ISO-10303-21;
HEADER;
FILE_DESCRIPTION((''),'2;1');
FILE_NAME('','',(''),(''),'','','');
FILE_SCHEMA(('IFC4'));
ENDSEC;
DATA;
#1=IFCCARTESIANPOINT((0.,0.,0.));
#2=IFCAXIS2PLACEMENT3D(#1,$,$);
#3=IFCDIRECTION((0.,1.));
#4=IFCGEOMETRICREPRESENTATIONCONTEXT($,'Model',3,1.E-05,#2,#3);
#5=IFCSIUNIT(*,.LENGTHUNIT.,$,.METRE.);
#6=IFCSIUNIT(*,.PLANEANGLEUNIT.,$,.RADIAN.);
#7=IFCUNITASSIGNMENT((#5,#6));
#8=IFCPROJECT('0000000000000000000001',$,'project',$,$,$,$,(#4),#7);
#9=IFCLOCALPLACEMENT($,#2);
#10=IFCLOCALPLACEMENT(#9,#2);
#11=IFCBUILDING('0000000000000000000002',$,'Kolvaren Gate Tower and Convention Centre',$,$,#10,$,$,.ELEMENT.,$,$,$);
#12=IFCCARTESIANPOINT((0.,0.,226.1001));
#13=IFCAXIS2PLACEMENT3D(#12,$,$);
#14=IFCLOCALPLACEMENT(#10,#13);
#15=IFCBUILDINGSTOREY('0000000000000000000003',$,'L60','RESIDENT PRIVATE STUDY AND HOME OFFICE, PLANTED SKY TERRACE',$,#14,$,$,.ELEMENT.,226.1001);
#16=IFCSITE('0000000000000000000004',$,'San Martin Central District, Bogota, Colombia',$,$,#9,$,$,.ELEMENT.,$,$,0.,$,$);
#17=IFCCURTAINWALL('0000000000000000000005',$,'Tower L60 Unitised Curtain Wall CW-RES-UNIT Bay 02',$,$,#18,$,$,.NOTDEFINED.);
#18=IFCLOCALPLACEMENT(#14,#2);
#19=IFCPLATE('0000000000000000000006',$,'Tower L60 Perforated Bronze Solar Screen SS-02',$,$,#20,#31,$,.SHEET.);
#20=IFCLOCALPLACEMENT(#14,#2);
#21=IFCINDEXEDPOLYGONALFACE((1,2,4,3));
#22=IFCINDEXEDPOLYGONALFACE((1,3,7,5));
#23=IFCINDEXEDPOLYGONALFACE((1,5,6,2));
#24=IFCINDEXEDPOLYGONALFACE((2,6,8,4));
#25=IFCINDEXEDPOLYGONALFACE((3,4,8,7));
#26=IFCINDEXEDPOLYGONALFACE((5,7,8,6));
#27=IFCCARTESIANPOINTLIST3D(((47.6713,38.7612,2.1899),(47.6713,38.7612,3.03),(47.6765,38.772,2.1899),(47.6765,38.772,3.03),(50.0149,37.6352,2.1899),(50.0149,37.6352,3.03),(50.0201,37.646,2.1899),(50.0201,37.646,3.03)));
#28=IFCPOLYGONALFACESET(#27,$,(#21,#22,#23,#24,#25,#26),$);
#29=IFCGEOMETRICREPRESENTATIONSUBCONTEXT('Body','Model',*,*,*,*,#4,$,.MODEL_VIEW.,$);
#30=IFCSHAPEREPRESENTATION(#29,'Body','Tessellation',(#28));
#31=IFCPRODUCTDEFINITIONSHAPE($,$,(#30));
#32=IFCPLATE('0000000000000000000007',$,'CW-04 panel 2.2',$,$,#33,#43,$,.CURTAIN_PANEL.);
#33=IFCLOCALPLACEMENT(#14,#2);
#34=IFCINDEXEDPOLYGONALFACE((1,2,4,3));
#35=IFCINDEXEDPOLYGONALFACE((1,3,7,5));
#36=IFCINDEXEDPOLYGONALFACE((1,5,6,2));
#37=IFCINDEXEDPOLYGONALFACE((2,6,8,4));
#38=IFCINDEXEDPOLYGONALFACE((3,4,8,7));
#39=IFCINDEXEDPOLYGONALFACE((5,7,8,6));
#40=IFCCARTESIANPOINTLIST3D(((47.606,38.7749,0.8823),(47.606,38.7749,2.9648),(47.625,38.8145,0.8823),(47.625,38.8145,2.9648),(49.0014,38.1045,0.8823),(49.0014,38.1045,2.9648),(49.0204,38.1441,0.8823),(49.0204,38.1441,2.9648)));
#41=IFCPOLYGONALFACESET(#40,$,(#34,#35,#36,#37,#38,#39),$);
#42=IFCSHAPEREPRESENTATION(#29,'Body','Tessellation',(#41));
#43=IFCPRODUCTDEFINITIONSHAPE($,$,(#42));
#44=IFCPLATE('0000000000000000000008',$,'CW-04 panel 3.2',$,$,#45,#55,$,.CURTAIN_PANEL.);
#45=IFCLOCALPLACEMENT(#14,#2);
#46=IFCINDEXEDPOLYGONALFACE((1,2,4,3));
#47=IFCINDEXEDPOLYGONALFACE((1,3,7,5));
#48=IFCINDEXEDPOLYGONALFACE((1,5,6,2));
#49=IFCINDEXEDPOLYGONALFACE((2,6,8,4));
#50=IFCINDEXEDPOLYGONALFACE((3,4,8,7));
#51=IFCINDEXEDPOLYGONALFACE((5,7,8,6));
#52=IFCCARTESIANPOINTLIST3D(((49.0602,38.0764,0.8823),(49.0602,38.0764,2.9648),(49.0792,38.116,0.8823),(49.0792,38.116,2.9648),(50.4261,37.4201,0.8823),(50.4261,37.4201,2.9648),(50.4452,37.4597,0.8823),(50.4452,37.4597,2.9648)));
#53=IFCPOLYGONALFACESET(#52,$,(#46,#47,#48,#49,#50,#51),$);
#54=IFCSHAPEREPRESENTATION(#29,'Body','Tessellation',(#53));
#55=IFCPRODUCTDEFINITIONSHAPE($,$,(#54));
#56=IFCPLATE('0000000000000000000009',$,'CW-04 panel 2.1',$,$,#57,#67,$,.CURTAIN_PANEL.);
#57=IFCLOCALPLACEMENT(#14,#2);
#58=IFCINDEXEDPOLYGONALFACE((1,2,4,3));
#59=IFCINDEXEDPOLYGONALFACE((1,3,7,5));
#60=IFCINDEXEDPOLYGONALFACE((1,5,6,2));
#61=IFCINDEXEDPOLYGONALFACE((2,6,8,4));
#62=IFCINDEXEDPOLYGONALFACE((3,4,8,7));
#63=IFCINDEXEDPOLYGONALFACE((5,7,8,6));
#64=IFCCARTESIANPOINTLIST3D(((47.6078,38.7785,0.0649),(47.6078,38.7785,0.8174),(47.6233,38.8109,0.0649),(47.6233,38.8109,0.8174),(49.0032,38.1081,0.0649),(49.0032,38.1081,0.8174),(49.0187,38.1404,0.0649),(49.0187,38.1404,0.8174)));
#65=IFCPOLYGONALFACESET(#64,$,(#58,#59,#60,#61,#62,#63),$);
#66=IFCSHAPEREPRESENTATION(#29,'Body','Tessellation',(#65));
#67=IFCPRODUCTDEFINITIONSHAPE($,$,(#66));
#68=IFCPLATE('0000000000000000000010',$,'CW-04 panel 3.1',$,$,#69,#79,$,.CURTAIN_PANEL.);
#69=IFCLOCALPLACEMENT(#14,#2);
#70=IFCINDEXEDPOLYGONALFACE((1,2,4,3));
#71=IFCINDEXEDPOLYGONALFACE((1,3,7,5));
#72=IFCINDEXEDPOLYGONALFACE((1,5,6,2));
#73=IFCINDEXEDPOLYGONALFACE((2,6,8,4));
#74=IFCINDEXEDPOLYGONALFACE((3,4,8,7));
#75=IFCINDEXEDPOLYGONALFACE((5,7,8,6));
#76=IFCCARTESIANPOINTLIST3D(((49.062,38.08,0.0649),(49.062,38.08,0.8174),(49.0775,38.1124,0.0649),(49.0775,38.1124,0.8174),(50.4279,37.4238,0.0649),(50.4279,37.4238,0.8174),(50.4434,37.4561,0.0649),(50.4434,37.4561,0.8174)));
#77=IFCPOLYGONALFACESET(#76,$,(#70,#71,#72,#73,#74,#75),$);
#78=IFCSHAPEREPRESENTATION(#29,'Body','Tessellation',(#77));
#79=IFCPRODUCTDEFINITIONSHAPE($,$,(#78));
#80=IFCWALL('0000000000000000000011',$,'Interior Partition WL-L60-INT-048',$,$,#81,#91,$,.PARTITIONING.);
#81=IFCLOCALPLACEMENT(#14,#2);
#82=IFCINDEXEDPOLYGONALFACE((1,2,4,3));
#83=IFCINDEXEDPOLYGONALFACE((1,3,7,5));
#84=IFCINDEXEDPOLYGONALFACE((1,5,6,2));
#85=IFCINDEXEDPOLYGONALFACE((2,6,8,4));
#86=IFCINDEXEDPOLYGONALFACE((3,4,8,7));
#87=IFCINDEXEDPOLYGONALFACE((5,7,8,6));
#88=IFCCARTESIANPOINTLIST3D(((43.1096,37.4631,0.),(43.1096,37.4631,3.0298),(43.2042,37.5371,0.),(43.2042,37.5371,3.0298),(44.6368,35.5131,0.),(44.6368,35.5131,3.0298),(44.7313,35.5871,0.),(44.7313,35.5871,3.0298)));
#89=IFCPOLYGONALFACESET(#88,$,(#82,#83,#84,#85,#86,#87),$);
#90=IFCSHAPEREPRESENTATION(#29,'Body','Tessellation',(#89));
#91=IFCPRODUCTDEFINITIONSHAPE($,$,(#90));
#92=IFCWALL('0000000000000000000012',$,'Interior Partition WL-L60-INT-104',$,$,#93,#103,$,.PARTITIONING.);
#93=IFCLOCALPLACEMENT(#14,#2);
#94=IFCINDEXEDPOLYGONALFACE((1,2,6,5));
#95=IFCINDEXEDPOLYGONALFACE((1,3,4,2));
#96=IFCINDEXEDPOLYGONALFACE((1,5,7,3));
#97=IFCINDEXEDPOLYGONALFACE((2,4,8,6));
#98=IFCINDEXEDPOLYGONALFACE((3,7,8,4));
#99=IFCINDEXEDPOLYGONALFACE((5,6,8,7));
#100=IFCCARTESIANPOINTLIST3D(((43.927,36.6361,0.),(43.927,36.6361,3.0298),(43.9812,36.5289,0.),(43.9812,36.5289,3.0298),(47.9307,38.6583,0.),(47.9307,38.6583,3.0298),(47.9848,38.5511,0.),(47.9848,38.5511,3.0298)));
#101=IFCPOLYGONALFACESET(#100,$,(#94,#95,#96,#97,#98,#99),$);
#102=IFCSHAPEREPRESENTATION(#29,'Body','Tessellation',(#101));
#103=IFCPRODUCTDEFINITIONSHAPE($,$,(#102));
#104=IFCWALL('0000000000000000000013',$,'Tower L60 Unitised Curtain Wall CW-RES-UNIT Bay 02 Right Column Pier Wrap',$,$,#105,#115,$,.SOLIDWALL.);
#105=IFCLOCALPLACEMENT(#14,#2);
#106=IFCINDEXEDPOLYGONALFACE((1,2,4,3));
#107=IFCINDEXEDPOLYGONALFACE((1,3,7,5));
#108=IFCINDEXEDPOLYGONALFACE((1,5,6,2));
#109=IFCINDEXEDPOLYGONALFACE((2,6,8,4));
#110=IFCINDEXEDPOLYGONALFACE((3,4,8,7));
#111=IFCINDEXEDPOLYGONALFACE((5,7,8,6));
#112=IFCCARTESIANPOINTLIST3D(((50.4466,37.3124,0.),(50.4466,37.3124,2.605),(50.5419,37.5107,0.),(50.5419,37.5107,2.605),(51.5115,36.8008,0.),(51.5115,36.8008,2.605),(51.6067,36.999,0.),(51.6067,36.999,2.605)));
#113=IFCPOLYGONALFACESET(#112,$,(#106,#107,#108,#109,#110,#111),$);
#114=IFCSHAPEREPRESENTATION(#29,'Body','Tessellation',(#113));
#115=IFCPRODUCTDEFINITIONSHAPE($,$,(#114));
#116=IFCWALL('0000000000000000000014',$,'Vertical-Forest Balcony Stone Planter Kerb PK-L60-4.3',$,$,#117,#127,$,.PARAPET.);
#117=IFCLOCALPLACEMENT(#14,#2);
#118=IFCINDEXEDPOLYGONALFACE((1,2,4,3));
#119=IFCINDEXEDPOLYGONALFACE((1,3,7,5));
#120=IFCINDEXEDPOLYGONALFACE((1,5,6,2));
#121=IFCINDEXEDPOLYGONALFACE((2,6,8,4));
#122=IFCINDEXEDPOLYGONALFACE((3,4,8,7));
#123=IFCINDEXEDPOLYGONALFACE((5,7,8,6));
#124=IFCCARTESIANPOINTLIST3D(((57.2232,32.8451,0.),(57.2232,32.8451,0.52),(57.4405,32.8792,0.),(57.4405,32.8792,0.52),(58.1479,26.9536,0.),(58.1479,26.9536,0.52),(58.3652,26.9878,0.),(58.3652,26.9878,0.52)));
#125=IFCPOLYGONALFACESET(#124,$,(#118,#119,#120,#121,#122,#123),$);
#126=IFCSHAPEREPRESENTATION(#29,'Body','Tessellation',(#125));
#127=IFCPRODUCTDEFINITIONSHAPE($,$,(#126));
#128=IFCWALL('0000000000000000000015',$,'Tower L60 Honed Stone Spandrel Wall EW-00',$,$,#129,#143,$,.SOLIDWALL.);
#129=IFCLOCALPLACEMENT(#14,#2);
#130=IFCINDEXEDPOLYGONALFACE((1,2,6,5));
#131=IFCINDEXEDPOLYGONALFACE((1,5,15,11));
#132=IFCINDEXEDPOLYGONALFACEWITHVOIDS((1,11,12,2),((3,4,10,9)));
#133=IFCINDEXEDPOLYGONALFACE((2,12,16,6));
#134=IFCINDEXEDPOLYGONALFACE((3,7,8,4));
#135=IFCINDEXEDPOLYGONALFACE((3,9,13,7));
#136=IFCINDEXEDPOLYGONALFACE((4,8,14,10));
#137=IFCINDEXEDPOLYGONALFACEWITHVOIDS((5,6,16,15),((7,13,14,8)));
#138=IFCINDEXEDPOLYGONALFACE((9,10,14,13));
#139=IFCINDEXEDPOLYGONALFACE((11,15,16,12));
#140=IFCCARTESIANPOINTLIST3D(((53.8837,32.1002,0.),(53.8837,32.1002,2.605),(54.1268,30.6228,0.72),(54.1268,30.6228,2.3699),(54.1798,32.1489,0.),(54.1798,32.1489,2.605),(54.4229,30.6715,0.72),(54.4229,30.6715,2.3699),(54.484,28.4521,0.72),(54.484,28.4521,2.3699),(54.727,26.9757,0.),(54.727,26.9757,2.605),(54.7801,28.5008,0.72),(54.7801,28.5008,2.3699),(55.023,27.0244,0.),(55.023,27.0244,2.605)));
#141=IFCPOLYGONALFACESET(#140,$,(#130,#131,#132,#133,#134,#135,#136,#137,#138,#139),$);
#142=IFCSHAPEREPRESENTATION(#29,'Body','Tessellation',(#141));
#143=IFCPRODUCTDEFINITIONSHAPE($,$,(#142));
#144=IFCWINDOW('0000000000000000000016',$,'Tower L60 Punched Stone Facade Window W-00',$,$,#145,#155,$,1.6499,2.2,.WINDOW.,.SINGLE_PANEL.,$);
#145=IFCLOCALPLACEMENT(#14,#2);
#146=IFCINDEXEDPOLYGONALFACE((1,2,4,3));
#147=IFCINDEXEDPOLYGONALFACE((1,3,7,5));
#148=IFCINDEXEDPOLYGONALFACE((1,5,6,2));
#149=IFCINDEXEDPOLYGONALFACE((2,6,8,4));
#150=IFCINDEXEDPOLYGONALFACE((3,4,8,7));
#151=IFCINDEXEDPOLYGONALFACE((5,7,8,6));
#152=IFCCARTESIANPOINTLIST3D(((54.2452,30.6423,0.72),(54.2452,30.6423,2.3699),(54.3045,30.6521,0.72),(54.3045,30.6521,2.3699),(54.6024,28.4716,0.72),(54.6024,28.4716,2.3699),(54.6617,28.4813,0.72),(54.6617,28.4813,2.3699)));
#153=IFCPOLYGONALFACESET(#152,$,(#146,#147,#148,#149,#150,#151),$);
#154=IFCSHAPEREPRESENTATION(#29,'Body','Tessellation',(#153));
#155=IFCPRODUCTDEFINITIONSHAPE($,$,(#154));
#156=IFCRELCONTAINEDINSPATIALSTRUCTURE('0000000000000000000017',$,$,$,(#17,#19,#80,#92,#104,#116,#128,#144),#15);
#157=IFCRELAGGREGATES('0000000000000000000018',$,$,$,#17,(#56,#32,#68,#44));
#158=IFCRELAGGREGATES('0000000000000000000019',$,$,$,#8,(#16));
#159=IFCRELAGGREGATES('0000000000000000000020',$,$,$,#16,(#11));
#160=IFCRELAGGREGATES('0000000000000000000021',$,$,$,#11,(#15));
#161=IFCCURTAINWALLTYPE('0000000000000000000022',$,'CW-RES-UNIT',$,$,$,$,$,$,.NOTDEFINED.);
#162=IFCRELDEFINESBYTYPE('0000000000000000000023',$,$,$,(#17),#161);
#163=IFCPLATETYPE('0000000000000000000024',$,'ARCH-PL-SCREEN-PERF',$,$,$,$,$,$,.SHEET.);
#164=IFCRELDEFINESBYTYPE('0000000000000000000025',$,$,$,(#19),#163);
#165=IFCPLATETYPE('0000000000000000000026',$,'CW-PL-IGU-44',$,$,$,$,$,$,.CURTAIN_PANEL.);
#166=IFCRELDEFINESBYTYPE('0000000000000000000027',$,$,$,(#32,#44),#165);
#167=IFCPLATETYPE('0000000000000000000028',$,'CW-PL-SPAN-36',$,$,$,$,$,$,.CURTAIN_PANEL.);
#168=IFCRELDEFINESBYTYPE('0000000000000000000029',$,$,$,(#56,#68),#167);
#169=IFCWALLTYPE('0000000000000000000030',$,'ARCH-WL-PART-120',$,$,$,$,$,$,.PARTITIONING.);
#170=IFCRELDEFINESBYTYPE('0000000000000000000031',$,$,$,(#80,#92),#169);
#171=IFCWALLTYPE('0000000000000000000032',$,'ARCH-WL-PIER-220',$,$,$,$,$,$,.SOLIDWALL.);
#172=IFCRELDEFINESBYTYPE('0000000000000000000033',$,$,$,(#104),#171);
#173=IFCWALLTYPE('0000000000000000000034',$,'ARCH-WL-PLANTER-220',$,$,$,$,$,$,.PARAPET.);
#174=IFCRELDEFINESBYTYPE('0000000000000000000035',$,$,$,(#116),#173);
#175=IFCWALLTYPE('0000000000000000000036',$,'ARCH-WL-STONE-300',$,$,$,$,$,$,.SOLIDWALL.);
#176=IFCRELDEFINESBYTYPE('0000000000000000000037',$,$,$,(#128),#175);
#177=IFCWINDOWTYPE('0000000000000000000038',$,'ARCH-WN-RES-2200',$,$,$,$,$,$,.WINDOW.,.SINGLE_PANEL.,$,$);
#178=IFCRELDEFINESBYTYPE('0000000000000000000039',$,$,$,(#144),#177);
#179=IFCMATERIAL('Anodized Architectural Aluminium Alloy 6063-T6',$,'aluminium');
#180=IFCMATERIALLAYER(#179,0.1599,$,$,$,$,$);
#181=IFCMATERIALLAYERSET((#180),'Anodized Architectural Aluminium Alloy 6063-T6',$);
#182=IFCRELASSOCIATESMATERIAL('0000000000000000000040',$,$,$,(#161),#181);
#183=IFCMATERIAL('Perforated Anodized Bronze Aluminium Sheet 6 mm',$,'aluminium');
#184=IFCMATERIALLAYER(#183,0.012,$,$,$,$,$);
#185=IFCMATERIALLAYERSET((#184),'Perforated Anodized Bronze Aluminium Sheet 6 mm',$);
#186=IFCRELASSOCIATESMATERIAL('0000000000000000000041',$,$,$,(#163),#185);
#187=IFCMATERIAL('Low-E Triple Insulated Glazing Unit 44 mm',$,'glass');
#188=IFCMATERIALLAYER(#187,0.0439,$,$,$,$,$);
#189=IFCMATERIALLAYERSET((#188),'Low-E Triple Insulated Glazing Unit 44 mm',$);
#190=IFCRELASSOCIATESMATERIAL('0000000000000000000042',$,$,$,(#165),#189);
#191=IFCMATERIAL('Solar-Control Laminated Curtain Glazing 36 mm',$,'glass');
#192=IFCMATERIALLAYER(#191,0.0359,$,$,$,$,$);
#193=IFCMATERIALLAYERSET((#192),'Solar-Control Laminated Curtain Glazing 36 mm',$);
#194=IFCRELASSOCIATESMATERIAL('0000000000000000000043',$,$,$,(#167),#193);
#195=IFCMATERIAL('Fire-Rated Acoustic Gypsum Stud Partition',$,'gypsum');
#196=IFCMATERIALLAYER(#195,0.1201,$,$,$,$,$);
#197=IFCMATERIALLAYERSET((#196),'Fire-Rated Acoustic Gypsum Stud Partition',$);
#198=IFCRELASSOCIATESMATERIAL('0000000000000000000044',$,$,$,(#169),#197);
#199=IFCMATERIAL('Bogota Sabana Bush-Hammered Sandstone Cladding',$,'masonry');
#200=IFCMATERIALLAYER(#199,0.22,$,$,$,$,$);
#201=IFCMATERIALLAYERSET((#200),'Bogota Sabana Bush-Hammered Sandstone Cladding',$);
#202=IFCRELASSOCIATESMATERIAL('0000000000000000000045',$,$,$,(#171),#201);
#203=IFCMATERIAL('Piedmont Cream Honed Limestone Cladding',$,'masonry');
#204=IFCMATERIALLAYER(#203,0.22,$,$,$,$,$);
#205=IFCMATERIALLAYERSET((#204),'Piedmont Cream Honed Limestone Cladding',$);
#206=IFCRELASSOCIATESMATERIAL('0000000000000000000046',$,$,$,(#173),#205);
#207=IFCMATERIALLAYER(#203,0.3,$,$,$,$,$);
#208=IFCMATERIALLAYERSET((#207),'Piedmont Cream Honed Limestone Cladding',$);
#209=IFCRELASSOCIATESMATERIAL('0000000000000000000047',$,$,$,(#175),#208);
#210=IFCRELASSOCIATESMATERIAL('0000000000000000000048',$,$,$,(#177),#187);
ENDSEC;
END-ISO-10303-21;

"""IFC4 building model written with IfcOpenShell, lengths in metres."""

from ifc_helpers import new_model, si_unit, direction, frame, frame_2d, origin, origin_2d, place, context, subcontext, project, spatial, rectangle, extrude, material, layer, layer_set, type_object, element, fill, aggregate, save


model = new_model("IFC4")

# Units and contexts
model_context = context("Model", 3, precision=1e-05, world=origin(), true_north=direction((0.0, 1.0)))
body_context = subcontext(model_context, "Body", "Model", "MODEL_VIEW")
ifc_project = project(units=[si_unit("LENGTHUNIT", "METRE"), si_unit("PLANEANGLEUNIT", "RADIAN")], contexts=[model_context])

# Site, building, storey
site_placement = place(None, origin())
site = spatial("IfcSite", under=ifc_project, at=site_placement, Name="San Martin Central District, Bogota, Colombia", CompositionType="ELEMENT", RefElevation=0.0)
building_placement = place(site_placement, origin())
building = spatial("IfcBuilding", under=site, at=building_placement, Name="Kolvaren Gate Tower and Convention Centre", CompositionType="ELEMENT")
storey_placement = place(building_placement, frame((0.0, 0.0, 226.1001)))
storey = spatial("IfcBuildingStorey", under=building, at=storey_placement, Name="L60", Description="RESIDENT PRIVATE STUDY AND HOME OFFICE, PLANTED SKY TERRACE", CompositionType="ELEMENT", Elevation=226.1001)

# Curtain wall
ifc_material_1 = material(Name="Anodized Architectural Aluminium Alloy 6063-T6", Category="aluminium")
ifc_layer_1 = layer(ifc_material_1, 0.1599)
ifc_layer_set_1 = layer_set([ifc_layer_1], Name="Anodized Architectural Aluminium Alloy 6063-T6")
curtain_wall_type = type_object("IfcCurtainWallType", Name="CW-RES-UNIT", PredefinedType="NOTDEFINED", material=ifc_layer_set_1)
curtain_wall_placement = place(storey_placement, origin())
curtain_wall = element("IfcCurtainWall", 1, at=curtain_wall_placement, inside=storey, type_object=curtain_wall_type, Name="Tower L60 Unitised Curtain Wall CW-RES-UNIT Bay 02", PredefinedType="NOTDEFINED")

# Plates
ifc_material_2 = material(Name="Perforated Anodized Bronze Aluminium Sheet 6 mm", Category="aluminium")
ifc_layer_2 = layer(ifc_material_2, 0.012)
ifc_layer_set_2 = layer_set([ifc_layer_2], Name="Perforated Anodized Bronze Aluminium Sheet 6 mm")
plate_type_1 = type_object("IfcPlateType", Name="ARCH-PL-SCREEN-PERF", PredefinedType="SHEET", material=ifc_layer_set_2)
plate_1_placement = place(storey_placement, frame((48.8457, 38.2036, 2.1899), z_axis=(0.0, 0.0, 1.0), x_axis=(0.901359, -0.433072, 0.0)))
element("IfcPlate", 2, at=plate_1_placement, inside=storey, type_object=plate_type_1, Name="Tower L60 Perforated Bronze Solar Screen SS-02", PredefinedType="SHEET", context=body_context, shape_type="SweptSolid", body=[
    extrude(rectangle(XDim=2.6001, YDim=0.012, at=origin_2d()), origin(), (0.0, 0.0, 1.0), 0.8401),
])
ifc_material_3 = material(Name="Low-E Triple Insulated Glazing Unit 44 mm", Category="glass")
ifc_layer_3 = layer(ifc_material_3, 0.0439)
ifc_layer_set_3 = layer_set([ifc_layer_3], Name="Low-E Triple Insulated Glazing Unit 44 mm")
plate_type_2 = type_object("IfcPlateType", Name="CW-PL-IGU-44", PredefinedType="CURTAIN_PANEL", material=ifc_layer_set_3)
plate_2_placement = place(storey_placement, frame((48.3132, 38.4595, 0.8823), z_axis=(0.0, 0.0, 1.0), x_axis=(0.901363, -0.433064, 0.0)))
plate_2 = element("IfcPlate", 3, at=plate_2_placement, type_object=plate_type_2, Name="CW-04 panel 2.2", PredefinedType="CURTAIN_PANEL", context=body_context, shape_type="SweptSolid", body=[
    extrude(rectangle(XDim=1.5481, YDim=0.0439, at=origin_2d()), origin(), (0.0, 0.0, 1.0), 2.0825),
])
plate_3_placement = place(storey_placement, frame((49.7527, 37.7681, 0.8823), z_axis=(0.0, 0.0, 1.0), x_axis=(0.901363, -0.433064, 0.0)))
plate_3 = element("IfcPlate", 4, at=plate_3_placement, type_object=plate_type_2, Name="CW-04 panel 3.2", PredefinedType="CURTAIN_PANEL", context=body_context, shape_type="SweptSolid", body=[
    extrude(rectangle(XDim=1.5154, YDim=0.0439, at=origin_2d()), origin(), (0.0, 0.0, 1.0), 2.0825),
])
ifc_material_4 = material(Name="Solar-Control Laminated Curtain Glazing 36 mm", Category="glass")
ifc_layer_4 = layer(ifc_material_4, 0.0359)
ifc_layer_set_4 = layer_set([ifc_layer_4], Name="Solar-Control Laminated Curtain Glazing 36 mm")
plate_type_3 = type_object("IfcPlateType", Name="CW-PL-SPAN-36", PredefinedType="CURTAIN_PANEL", material=ifc_layer_set_4)
plate_4_placement = place(storey_placement, frame((48.3132, 38.4595, 0.0649), z_axis=(0.0, 0.0, 1.0), x_axis=(0.901363, -0.433064, 0.0)))
plate_4 = element("IfcPlate", 5, at=plate_4_placement, type_object=plate_type_3, Name="CW-04 panel 2.1", PredefinedType="CURTAIN_PANEL", context=body_context, shape_type="SweptSolid", body=[
    extrude(rectangle(XDim=1.5481, YDim=0.0359, at=origin_2d()), origin(), (0.0, 0.0, 1.0), 0.7524),
])
plate_5_placement = place(storey_placement, frame((49.7527, 37.7681, 0.0649), z_axis=(0.0, 0.0, 1.0), x_axis=(0.901363, -0.433064, 0.0)))
plate_5 = element("IfcPlate", 6, at=plate_5_placement, type_object=plate_type_3, Name="CW-04 panel 3.1", PredefinedType="CURTAIN_PANEL", context=body_context, shape_type="SweptSolid", body=[
    extrude(rectangle(XDim=1.5154, YDim=0.0359, at=origin_2d()), origin(), (0.0, 0.0, 1.0), 0.7524),
])
aggregate(curtain_wall, [plate_4, plate_2, plate_5, plate_3])

# Walls
ifc_material_5 = material(Name="Fire-Rated Acoustic Gypsum Stud Partition", Category="gypsum")
ifc_layer_5 = layer(ifc_material_5, 0.1201)
ifc_layer_set_5 = layer_set([ifc_layer_5], Name="Fire-Rated Acoustic Gypsum Stud Partition")
wall_type_1 = type_object("IfcWallType", Name="ARCH-WL-PART-120", PredefinedType="PARTITIONING", material=ifc_layer_set_5)
wall_1_placement = place(storey_placement, frame((43.157, 37.5, 0.0), z_axis=(0.0, 0.0, 1.0), x_axis=(0.616571, -0.787299, 0.0)))
element("IfcWall", 7, at=wall_1_placement, inside=storey, type_object=wall_type_1, Name="Interior Partition WL-L60-INT-048", PredefinedType="PARTITIONING", context=body_context, shape_type="SweptSolid", body=[
    extrude(rectangle(XDim=2.4768, YDim=0.1201, at=frame_2d((1.2383, 0.0))), origin(), (0.0, 0.0, 1.0), 3.0298),
])
wall_2_placement = place(storey_placement, frame((43.9541, 36.5825, 0.0), z_axis=(0.0, 0.0, 1.0), x_axis=(0.892602, 0.450846, 0.0)))
element("IfcWall", 8, at=wall_2_placement, inside=storey, type_object=wall_type_1, Name="Interior Partition WL-L60-INT-104", PredefinedType="PARTITIONING", context=body_context, shape_type="SweptSolid", body=[
    extrude(rectangle(XDim=4.4854, YDim=0.1201, at=frame_2d((2.2427, 0.0))), origin(), (0.0, 0.0, 1.0), 3.0298),
])
ifc_material_6 = material(Name="Bogota Sabana Bush-Hammered Sandstone Cladding", Category="masonry")
ifc_layer_6 = layer(ifc_material_6, 0.22)
ifc_layer_set_6 = layer_set([ifc_layer_6], Name="Bogota Sabana Bush-Hammered Sandstone Cladding")
wall_type_2 = type_object("IfcWallType", Name="ARCH-WL-PIER-220", PredefinedType="SOLIDWALL", material=ifc_layer_set_6)
wall_3_placement = place(storey_placement, frame((50.4941, 37.4116, 0.0), z_axis=(0.0, 0.0, 1.0), x_axis=(0.901342, -0.433107, 0.0)))
element("IfcWall", 9, at=wall_3_placement, inside=storey, type_object=wall_type_2, Name="Tower L60 Unitised Curtain Wall CW-RES-UNIT Bay 02 Right Column Pier Wrap", PredefinedType="SOLIDWALL", context=body_context, shape_type="SweptSolid", body=[
    extrude(rectangle(XDim=1.1814, YDim=0.22, at=frame_2d((0.5908, 0.0))), origin(), (0.0, 0.0, 1.0), 2.605),
])
ifc_material_7 = material(Name="Piedmont Cream Honed Limestone Cladding", Category="masonry")
ifc_layer_7 = layer(ifc_material_7, 0.22)
ifc_layer_set_7 = layer_set([ifc_layer_7], Name="Piedmont Cream Honed Limestone Cladding")
wall_type_3 = type_object("IfcWallType", Name="ARCH-WL-PLANTER-220", PredefinedType="PARAPET", material=ifc_layer_set_7)
wall_4_placement = place(storey_placement, frame((57.3318, 32.8623, 0.0), z_axis=(0.0, 0.0, 1.0), x_axis=(0.155071, -0.987903, 0.0)))
element("IfcWall", 10, at=wall_4_placement, inside=storey, type_object=wall_type_3, Name="Vertical-Forest Balcony Stone Planter Kerb PK-L60-4.3", PredefinedType="PARAPET", context=body_context, shape_type="SweptSolid", body=[
    extrude(rectangle(XDim=5.9636, YDim=0.22, at=frame_2d((2.9819, 0.0))), origin(), (0.0, 0.0, 1.0), 0.52),
])

# Wall, opening, window
ifc_layer_8 = layer(ifc_material_7, 0.3)
ifc_layer_set_8 = layer_set([ifc_layer_8], Name="Piedmont Cream Honed Limestone Cladding")
wall_type_4 = type_object("IfcWallType", Name="ARCH-WL-STONE-300", PredefinedType="SOLIDWALL", material=ifc_layer_set_8)
wall_5_placement = place(storey_placement, frame((54.0317, 32.1245, 0.0), z_axis=(0.0, 0.0, 1.0), x_axis=(0.162371, -0.98673, 0.0)))
wall_5 = element("IfcWall", 11, at=wall_5_placement, inside=storey, type_object=wall_type_4, Name="Tower L60 Honed Stone Spandrel Wall EW-00", PredefinedType="SOLIDWALL", context=body_context, shape_type="SweptSolid", body=[
    extrude(rectangle(XDim=5.1934, YDim=0.3, at=frame_2d((2.5967, 0.0))), origin(), (0.0, 0.0, 1.0), 2.605),
])
opening_1_placement = place(wall_5_placement, frame((1.4971, 0.0, 0.72)))
opening_1 = element("IfcOpeningElement", 12, at=opening_1_placement, cuts=wall_5, PredefinedType="OPENING", context=body_context, shape_type="SweptSolid", body=[
    extrude(rectangle(XDim=2.2, YDim=1.6499, at=frame_2d((1.1001, 0.825))), frame((0.0, 0.1599, 0.0), z_axis=(0.0, -1.0, 0.0), x_axis=(1.0, 0.0, 0.0)), (0.0, 0.0, 1.0), 0.3201),
])
window_type = type_object("IfcWindowType", Name="ARCH-WN-RES-2200", PartitioningType="SINGLE_PANEL", PredefinedType="WINDOW", material=ifc_material_3)
window_1_placement = place(opening_1_placement, origin())
window_1 = element("IfcWindow", 13, at=window_1_placement, inside=storey, type_object=window_type, Name="Tower L60 Punched Stone Facade Window W-00", OverallHeight=1.6499, OverallWidth=2.2, PartitioningType="SINGLE_PANEL", PredefinedType="WINDOW", context=body_context, shape_type="SweptSolid", body=[
    extrude(rectangle(XDim=2.2, YDim=1.6499, at=frame_2d((1.1001, 0.825))), frame((0.0, 0.03, 0.0), z_axis=(0.0, -1.0, 0.0), x_axis=(1.0, 0.0, 0.0)), (0.0, 0.0, 1.0), 0.0601),
])
fill(opening_1, window_1)

save(model, "model.ifc")
